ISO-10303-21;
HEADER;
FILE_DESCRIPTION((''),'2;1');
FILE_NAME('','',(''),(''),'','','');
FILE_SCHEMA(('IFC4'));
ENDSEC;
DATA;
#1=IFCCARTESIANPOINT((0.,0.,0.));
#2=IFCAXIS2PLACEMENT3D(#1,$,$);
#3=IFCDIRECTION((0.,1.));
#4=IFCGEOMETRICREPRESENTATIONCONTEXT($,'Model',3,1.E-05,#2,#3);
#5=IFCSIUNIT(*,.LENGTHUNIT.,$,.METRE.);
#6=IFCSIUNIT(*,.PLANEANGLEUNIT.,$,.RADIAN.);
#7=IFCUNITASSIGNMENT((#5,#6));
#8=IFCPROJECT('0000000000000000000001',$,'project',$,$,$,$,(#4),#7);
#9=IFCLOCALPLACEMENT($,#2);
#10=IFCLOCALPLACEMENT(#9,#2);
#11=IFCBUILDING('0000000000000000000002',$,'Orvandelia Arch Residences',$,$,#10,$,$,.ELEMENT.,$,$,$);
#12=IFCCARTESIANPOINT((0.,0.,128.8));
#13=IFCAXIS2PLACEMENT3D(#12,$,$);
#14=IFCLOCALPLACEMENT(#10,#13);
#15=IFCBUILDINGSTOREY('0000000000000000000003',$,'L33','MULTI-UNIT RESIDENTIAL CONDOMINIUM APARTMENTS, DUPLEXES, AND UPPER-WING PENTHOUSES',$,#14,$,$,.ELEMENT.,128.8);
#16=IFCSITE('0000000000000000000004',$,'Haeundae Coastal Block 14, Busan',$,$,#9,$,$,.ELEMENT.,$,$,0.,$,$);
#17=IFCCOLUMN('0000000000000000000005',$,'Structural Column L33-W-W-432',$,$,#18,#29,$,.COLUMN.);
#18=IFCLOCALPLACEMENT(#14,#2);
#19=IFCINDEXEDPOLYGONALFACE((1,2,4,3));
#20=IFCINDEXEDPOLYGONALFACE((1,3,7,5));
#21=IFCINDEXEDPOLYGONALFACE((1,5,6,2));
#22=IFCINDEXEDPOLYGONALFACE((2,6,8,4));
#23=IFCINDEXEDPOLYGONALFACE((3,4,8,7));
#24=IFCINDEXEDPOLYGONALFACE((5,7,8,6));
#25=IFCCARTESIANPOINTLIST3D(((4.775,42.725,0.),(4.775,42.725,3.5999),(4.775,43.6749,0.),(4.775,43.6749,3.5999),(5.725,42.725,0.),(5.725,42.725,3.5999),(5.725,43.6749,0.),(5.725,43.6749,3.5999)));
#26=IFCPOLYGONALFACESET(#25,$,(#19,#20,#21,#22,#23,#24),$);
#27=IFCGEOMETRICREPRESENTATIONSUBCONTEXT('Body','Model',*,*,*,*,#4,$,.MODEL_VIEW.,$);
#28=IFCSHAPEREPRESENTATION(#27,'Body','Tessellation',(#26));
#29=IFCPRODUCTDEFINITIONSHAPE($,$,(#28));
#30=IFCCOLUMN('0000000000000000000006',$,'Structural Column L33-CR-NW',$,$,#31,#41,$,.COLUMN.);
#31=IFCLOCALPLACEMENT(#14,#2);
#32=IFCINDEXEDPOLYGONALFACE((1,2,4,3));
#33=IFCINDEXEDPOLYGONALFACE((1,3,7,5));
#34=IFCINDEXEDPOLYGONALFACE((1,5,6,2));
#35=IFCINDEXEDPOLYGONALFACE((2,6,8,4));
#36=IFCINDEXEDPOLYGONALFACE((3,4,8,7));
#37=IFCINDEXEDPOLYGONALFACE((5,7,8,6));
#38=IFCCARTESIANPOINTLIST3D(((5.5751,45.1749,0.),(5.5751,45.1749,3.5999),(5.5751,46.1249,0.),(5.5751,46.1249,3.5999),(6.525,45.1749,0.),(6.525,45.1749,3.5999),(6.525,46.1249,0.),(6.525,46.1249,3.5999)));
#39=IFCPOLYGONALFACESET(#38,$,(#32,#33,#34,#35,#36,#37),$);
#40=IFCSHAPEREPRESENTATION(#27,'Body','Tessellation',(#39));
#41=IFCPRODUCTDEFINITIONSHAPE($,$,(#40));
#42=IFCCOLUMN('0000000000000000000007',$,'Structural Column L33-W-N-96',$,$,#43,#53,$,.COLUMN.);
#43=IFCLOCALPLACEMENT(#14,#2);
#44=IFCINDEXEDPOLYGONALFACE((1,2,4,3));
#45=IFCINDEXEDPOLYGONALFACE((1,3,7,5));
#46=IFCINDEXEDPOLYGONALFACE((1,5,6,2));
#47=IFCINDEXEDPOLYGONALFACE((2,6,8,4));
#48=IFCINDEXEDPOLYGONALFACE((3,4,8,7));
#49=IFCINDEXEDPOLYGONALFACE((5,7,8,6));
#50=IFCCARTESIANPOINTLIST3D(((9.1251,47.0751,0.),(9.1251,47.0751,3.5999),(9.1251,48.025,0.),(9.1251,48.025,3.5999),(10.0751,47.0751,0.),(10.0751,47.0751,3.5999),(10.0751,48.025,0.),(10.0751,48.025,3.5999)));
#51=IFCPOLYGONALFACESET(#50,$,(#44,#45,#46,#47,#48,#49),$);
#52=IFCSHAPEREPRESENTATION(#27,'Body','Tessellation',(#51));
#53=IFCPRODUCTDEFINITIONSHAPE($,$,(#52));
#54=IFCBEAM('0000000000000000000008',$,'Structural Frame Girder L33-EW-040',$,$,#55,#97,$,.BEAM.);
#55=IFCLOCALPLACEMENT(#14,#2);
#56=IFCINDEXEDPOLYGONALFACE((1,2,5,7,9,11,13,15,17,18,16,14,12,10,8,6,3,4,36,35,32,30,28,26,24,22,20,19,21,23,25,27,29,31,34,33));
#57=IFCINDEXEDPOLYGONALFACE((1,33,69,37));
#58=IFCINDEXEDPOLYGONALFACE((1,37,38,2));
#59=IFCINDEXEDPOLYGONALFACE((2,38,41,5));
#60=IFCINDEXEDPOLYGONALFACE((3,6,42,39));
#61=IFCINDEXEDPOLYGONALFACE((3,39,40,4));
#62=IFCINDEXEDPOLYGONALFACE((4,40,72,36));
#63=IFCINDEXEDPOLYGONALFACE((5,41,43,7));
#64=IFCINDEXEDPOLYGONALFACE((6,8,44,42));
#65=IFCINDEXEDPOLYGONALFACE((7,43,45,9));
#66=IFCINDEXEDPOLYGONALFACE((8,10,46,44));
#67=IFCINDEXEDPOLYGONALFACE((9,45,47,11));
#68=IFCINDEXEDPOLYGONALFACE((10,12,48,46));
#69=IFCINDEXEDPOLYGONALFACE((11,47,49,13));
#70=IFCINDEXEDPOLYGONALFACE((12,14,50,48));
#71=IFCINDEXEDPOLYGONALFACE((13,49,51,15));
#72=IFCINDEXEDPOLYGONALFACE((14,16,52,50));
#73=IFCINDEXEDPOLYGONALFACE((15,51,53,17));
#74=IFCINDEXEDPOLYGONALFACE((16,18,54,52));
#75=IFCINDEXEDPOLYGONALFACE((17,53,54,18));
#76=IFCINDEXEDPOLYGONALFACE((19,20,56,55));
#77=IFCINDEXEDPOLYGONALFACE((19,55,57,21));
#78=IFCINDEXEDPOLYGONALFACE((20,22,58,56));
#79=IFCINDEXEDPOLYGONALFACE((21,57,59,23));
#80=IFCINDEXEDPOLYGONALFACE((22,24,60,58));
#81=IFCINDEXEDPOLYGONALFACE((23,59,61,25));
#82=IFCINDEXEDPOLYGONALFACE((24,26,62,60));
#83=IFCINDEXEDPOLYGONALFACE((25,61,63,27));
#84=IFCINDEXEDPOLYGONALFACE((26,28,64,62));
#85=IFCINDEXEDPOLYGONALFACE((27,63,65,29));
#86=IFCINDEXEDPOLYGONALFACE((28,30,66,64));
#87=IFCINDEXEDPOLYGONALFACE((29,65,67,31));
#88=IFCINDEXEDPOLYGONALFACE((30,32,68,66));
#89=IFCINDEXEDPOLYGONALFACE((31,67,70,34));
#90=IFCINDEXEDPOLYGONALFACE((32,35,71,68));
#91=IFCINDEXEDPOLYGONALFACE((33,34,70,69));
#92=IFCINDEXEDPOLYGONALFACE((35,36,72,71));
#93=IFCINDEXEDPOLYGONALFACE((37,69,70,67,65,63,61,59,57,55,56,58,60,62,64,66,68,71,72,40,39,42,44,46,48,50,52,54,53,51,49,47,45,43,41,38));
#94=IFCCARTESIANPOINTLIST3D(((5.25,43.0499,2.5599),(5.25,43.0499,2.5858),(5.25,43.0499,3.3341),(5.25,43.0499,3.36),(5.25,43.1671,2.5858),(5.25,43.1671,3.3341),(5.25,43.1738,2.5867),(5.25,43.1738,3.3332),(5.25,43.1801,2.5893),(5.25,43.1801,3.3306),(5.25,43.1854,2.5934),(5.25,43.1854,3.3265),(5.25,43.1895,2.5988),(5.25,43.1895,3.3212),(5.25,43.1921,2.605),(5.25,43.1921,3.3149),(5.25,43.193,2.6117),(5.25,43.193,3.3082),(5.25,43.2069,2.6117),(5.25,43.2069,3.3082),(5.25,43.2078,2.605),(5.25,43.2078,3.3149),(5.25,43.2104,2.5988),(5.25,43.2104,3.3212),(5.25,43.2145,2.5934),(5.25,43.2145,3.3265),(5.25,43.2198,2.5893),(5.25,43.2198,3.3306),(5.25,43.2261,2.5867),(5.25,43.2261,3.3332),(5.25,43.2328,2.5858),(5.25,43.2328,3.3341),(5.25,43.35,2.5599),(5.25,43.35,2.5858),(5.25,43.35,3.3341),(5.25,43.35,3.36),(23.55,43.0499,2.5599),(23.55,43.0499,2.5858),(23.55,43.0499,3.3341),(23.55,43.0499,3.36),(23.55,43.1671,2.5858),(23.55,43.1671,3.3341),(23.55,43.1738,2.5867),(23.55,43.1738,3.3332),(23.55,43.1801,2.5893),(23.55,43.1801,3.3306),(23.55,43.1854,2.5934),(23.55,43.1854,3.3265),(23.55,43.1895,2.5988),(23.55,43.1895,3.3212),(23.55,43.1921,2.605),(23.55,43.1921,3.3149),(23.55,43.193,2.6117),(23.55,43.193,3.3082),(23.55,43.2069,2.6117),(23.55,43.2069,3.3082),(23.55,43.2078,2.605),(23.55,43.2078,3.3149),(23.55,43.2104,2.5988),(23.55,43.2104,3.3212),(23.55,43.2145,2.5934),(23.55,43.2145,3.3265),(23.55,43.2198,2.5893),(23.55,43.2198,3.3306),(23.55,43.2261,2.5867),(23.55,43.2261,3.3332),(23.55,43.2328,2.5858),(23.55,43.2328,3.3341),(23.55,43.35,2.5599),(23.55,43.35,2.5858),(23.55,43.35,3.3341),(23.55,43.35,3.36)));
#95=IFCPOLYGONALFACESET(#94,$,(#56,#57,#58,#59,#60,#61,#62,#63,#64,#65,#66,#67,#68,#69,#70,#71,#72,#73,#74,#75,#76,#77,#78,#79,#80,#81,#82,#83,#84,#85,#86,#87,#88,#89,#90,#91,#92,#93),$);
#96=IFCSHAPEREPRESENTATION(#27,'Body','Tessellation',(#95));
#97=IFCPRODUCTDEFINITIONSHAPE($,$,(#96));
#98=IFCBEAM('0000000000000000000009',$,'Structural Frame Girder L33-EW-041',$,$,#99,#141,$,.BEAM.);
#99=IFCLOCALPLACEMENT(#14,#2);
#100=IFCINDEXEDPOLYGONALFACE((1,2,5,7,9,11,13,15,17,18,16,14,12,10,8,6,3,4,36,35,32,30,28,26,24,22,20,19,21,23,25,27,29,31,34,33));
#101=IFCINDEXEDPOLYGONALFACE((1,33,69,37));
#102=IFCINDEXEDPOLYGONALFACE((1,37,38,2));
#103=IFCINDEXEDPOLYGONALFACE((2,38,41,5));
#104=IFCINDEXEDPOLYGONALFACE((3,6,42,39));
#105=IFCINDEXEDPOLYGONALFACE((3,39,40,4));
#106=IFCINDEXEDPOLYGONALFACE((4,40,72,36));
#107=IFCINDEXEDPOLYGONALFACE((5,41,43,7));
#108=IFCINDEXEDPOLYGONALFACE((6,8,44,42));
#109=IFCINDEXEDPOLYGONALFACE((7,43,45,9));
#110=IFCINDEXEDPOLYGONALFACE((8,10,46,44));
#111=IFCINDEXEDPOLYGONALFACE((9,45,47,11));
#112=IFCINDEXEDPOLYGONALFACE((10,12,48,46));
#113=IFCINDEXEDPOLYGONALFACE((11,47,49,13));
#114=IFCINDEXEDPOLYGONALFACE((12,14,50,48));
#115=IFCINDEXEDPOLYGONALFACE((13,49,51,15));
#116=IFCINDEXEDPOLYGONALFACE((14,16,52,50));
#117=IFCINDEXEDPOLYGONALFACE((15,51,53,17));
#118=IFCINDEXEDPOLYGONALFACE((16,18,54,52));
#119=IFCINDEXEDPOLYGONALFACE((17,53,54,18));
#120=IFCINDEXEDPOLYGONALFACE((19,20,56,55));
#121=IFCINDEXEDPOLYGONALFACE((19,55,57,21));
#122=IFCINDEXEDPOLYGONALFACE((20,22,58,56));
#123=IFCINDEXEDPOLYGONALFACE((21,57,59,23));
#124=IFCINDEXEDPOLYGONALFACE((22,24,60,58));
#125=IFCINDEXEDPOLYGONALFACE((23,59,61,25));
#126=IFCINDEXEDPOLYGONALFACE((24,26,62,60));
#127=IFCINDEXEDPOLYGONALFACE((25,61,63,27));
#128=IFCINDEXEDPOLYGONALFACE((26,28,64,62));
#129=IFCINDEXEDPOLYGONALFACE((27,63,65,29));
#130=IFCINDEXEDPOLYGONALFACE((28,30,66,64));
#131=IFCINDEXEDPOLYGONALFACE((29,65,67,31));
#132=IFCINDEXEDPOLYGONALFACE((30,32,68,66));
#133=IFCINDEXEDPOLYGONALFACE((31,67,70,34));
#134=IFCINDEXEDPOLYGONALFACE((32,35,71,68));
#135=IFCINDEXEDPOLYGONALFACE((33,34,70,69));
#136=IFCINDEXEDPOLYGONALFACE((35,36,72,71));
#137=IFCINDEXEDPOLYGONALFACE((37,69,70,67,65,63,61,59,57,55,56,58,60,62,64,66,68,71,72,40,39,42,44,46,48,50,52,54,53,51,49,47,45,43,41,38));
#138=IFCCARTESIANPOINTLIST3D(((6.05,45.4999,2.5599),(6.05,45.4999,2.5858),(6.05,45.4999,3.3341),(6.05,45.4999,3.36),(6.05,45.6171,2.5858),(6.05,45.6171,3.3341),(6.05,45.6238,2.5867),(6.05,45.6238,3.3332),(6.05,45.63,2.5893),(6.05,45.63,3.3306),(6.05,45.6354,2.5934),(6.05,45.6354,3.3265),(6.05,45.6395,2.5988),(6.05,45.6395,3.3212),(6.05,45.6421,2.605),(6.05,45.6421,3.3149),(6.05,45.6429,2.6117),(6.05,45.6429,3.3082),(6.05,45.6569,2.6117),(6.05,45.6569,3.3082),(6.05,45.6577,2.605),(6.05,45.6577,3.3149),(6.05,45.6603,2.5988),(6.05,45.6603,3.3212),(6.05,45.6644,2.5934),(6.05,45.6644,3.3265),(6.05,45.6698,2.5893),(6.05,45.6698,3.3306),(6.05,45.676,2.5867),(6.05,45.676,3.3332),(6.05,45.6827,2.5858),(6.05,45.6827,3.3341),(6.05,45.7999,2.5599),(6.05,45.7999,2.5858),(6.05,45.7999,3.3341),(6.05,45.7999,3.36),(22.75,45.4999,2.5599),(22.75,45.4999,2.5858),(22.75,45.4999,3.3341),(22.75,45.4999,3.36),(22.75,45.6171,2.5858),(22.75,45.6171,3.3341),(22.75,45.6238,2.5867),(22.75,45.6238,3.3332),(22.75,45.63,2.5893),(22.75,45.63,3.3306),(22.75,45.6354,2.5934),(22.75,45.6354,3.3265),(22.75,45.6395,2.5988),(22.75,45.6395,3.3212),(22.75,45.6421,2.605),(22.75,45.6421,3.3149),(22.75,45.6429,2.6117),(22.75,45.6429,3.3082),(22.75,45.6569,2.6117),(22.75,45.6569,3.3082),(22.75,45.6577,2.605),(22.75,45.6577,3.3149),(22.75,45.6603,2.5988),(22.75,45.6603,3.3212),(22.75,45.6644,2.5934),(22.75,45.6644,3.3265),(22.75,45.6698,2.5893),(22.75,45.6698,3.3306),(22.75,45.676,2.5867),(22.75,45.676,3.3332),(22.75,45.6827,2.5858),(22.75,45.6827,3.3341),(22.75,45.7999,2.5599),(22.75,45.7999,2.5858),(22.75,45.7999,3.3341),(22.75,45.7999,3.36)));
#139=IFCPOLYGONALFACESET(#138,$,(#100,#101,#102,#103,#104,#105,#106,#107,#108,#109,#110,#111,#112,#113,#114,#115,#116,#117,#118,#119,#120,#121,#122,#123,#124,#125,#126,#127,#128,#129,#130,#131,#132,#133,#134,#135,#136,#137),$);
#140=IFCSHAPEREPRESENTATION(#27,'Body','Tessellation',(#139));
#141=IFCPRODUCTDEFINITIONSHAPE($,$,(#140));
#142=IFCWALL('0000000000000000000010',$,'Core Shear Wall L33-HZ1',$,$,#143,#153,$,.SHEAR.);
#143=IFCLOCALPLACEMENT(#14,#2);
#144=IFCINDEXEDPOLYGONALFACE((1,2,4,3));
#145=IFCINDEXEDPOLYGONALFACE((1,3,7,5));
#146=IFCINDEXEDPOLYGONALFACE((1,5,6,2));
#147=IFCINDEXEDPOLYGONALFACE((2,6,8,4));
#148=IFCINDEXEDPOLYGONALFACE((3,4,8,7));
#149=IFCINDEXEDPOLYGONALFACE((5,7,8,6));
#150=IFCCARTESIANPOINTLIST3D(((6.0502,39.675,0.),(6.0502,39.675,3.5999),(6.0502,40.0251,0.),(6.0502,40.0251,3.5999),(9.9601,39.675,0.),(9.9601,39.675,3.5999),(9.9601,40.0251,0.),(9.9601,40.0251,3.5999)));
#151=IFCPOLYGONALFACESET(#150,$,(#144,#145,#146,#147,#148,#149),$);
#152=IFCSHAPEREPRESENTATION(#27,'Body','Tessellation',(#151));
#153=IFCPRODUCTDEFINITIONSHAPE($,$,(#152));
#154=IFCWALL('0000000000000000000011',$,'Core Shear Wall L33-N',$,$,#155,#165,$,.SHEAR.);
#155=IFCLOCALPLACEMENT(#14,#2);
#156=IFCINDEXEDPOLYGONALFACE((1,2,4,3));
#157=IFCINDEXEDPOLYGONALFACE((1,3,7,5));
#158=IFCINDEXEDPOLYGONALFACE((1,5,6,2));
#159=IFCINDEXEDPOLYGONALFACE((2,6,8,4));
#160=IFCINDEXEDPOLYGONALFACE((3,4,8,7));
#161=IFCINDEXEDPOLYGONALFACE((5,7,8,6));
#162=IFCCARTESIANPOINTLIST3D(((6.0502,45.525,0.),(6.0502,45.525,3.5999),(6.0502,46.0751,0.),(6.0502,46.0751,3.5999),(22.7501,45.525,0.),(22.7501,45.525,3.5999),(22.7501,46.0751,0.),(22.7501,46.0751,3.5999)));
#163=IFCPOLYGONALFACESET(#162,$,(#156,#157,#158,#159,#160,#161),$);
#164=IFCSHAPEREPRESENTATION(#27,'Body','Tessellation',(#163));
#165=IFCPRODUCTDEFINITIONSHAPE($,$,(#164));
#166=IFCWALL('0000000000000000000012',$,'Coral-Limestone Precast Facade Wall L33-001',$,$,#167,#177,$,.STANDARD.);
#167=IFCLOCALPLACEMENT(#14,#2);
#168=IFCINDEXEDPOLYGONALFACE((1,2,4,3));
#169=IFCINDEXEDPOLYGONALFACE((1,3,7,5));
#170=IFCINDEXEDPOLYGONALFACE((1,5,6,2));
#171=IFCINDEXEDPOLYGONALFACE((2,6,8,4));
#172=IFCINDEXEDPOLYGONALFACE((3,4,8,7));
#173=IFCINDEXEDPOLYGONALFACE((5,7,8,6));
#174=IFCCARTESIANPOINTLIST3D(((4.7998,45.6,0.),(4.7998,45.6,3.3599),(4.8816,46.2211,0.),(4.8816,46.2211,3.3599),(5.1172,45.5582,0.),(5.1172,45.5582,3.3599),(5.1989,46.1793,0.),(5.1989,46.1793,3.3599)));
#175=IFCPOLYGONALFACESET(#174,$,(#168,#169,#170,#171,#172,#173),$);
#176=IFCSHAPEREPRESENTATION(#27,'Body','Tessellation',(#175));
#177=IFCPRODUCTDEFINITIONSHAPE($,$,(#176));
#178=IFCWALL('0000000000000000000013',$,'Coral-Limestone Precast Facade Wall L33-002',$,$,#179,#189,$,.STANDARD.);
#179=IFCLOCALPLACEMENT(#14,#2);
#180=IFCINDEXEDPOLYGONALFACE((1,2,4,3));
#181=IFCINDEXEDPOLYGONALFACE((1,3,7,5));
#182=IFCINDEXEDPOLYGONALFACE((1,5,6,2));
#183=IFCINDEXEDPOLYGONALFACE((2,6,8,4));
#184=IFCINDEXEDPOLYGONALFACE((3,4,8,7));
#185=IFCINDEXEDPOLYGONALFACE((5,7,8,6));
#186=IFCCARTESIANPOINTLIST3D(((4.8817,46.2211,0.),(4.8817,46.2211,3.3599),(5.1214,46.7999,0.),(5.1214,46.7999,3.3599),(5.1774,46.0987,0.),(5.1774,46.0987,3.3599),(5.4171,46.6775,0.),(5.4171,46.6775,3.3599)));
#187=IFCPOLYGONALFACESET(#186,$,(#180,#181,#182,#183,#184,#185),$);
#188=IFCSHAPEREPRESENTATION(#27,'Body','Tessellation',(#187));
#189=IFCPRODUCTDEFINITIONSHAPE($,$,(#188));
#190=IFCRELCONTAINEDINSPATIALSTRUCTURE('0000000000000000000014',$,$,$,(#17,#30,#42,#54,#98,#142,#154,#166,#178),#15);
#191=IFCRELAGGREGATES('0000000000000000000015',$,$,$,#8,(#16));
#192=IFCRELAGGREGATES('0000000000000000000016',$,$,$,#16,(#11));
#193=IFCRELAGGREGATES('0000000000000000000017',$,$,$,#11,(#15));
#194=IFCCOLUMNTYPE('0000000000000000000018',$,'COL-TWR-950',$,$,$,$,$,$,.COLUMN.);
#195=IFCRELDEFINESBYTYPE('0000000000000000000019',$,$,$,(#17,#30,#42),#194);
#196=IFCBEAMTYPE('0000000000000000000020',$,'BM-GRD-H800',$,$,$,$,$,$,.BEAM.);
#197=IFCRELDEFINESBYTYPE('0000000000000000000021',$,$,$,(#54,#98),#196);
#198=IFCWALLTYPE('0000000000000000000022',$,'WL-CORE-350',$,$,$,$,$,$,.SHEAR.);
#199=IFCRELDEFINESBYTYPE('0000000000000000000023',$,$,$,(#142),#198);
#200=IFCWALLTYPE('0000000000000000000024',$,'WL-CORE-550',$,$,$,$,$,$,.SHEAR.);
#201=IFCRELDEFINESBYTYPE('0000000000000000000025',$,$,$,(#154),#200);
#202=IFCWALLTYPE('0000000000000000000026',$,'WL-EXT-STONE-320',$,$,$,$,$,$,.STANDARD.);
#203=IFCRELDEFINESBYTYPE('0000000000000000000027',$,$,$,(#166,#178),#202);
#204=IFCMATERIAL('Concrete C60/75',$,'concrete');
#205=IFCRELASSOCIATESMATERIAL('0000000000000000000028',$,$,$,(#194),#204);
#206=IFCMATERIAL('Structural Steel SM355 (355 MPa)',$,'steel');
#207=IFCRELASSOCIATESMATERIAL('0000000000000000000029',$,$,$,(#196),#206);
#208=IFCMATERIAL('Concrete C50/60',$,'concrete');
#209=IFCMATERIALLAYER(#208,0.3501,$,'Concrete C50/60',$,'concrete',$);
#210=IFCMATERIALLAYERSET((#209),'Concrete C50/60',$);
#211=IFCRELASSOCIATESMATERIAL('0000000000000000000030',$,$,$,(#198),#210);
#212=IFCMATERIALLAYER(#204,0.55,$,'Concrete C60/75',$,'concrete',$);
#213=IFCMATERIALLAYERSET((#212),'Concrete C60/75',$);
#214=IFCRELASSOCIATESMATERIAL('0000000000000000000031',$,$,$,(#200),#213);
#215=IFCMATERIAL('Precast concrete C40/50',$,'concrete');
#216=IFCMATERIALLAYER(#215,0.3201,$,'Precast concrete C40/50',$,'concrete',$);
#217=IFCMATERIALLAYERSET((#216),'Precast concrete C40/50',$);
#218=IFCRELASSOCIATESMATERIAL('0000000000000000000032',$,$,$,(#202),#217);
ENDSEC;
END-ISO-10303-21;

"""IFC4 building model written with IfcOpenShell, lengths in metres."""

from ifc_helpers import new_model, si_unit, direction, frame, frame_2d, origin, origin_2d, place, context, subcontext, project, spatial, rectangle, i_section, extrude, material, layer, layer_set, material_profile, profile_set, type_object, element, save


model = new_model("IFC4")

# Units and contexts
model_context = context("Model", 3, precision=1e-05, world=origin(), true_north=direction((0.0, 1.0)))
body_context = subcontext(model_context, "Body", "Model", "MODEL_VIEW")
ifc_project = project(units=[si_unit("LENGTHUNIT", "METRE"), si_unit("PLANEANGLEUNIT", "RADIAN")], contexts=[model_context])

# Site, building, storey
site_placement = place(None, origin())
site = spatial("IfcSite", under=ifc_project, at=site_placement, Name="Haeundae Coastal Block 14, Busan", CompositionType="ELEMENT", RefElevation=0.0)
building_placement = place(site_placement, origin())
building = spatial("IfcBuilding", under=site, at=building_placement, Name="Orvandelia Arch Residences", CompositionType="ELEMENT")
storey_placement = place(building_placement, frame((0.0, 0.0, 128.8)))
storey = spatial("IfcBuildingStorey", under=building, at=storey_placement, Name="L33", Description="MULTI-UNIT RESIDENTIAL CONDOMINIUM APARTMENTS, DUPLEXES, AND UPPER-WING PENTHOUSES", CompositionType="ELEMENT", Elevation=128.8)

# Columns
ifc_material_1 = material(Name="Concrete C60/75", Category="concrete")
ifc_material_profile_1 = material_profile(ifc_material_1, rectangle(XDim=0.95, YDim=0.95, at=origin_2d()), Name="Concrete C60/75", Category="concrete")
ifc_profile_set_1 = profile_set([ifc_material_profile_1], Name="Concrete C60/75")
column_type = type_object("IfcColumnType", Name="COL-TWR-950", PredefinedType="COLUMN", material=ifc_profile_set_1)
for number, where, z_axis, x_axis, name in (
    (1, (5.25, 43.2, 0.0), (0.0, 0.0, 1.0), (1.0, 0.0, 0.0), "Structural Column L33-W-W-432"),
    (2, (6.05, 45.6499, 0.0), (0.0, 0.0, 1.0), (1.0, 0.0, 0.0), "Structural Column L33-CR-NW"),
    (3, (9.6001, 47.55, 0.0), (0.0, 0.0, 1.0), (1.0, 0.0, 0.0), "Structural Column L33-W-N-96"),
):
    element("IfcColumn", number, at=place(storey_placement, frame(where, z_axis=z_axis, x_axis=x_axis)), inside=storey, type_object=column_type, Name=name, PredefinedType="COLUMN", context=body_context, shape_type="SweptSolid", body=[
        extrude(rectangle(XDim=0.95, YDim=0.95, at=origin_2d()), origin(), (0.0, 0.0, 1.0), 3.5999),
    ])

# Beams
ifc_material_2 = material(Name="Structural Steel SM355 (355 MPa)", Category="steel")
ifc_material_profile_2 = material_profile(ifc_material_2, i_section(OverallWidth=0.3, OverallDepth=0.8, WebThickness=0.0139, FlangeThickness=0.0259, FilletRadius=0.0259, at=origin_2d()), Name="Structural Steel SM355 (355 MPa)", Category="steel")
ifc_profile_set_2 = profile_set([ifc_material_profile_2], Name="Structural Steel SM355 (355 MPa)")
beam_type = type_object("IfcBeamType", Name="BM-GRD-H800", PredefinedType="BEAM", material=ifc_profile_set_2)
beam_1_placement = place(storey_placement, frame((5.25, 43.2, 2.96), z_axis=(1.0, 0.0, 0.0), x_axis=(0.0, 1.0, 0.0)))
element("IfcBeam", 4, at=beam_1_placement, inside=storey, type_object=beam_type, Name="Structural Frame Girder L33-EW-040", PredefinedType="BEAM", context=body_context, shape_type="SweptSolid", body=[
    extrude(i_section(OverallWidth=0.3, OverallDepth=0.8, WebThickness=0.0139, FlangeThickness=0.0259, FilletRadius=0.0259, at=origin_2d()), origin(), (0.0, 0.0, 1.0), 18.3),
])
beam_2_placement = place(storey_placement, frame((6.05, 45.6499, 2.96), z_axis=(1.0, 0.0, 0.0), x_axis=(0.0, 1.0, 0.0)))
element("IfcBeam", 5, at=beam_2_placement, inside=storey, type_object=beam_type, Name="Structural Frame Girder L33-EW-041", PredefinedType="BEAM", context=body_context, shape_type="SweptSolid", body=[
    extrude(i_section(OverallWidth=0.3, OverallDepth=0.8, WebThickness=0.0139, FlangeThickness=0.0259, FilletRadius=0.0259, at=origin_2d()), origin(), (0.0, 0.0, 1.0), 16.7),
])

# Walls
ifc_material_3 = material(Name="Concrete C50/60", Category="concrete")
ifc_layer_1 = layer(ifc_material_3, 0.3501, Name="Concrete C50/60", Category="concrete")
ifc_layer_set_1 = layer_set([ifc_layer_1], Name="Concrete C50/60")
wall_type_1 = type_object("IfcWallType", Name="WL-CORE-350", PredefinedType="SHEAR", material=ifc_layer_set_1)
wall_1_placement = place(storey_placement, frame((6.05, 39.8501, 0.0), z_axis=(0.0, 0.0, 1.0), x_axis=(1.0, 0.0, 0.0)))
element("IfcWall", 6, at=wall_1_placement, inside=storey, type_object=wall_type_1, Name="Core Shear Wall L33-HZ1", PredefinedType="SHEAR", context=body_context, shape_type="SweptSolid", body=[
    extrude(rectangle(XDim=3.9099, YDim=0.3501, at=frame_2d((1.9551, 0.0))), origin(), (0.0, 0.0, 1.0), 3.5999),
])
ifc_layer_2 = layer(ifc_material_1, 0.55, Name="Concrete C60/75", Category="concrete")
ifc_layer_set_2 = layer_set([ifc_layer_2], Name="Concrete C60/75")
wall_type_2 = type_object("IfcWallType", Name="WL-CORE-550", PredefinedType="SHEAR", material=ifc_layer_set_2)
wall_2_placement = place(storey_placement, frame((6.05, 45.8, 0.0), z_axis=(0.0, 0.0, 1.0), x_axis=(1.0, 0.0, 0.0)))
element("IfcWall", 7, at=wall_2_placement, inside=storey, type_object=wall_type_2, Name="Core Shear Wall L33-N", PredefinedType="SHEAR", context=body_context, shape_type="SweptSolid", body=[
    extrude(rectangle(XDim=16.7, YDim=0.55, at=frame_2d((8.3501, 0.0))), origin(), (0.0, 0.0, 1.0), 3.5999),
])
ifc_material_4 = material(Name="Precast concrete C40/50", Category="concrete")
ifc_layer_3 = layer(ifc_material_4, 0.3201, Name="Precast concrete C40/50", Category="concrete")
ifc_layer_set_3 = layer_set([ifc_layer_3], Name="Precast concrete C40/50")
wall_type_3 = type_object("IfcWallType", Name="WL-EXT-STONE-320", PredefinedType="STANDARD", material=ifc_layer_set_3)
for number, where, z_axis, x_axis, name in (
    (8, (4.9585, 45.5791, 0.0), (0.0, 0.0, 1.0), (0.130555, 0.991441, 0.0), "Coral-Limestone Precast Facade Wall L33-001"),
    (9, (5.0295, 46.1599, 0.0), (0.0, 0.0, 1.0), (0.38265, 0.923893, 0.0), "Coral-Limestone Precast Facade Wall L33-002"),
):
    element("IfcWall", number, at=place(storey_placement, frame(where, z_axis=z_axis, x_axis=x_axis)), inside=storey, type_object=wall_type_3, Name=name, PredefinedType="STANDARD", context=body_context, shape_type="SweptSolid", body=[
        extrude(rectangle(XDim=0.6265, YDim=0.3201, at=frame_2d((0.3132, 0.0))), origin(), (0.0, 0.0, 1.0), 3.3599),
    ])

save(model, "model.ifc")
